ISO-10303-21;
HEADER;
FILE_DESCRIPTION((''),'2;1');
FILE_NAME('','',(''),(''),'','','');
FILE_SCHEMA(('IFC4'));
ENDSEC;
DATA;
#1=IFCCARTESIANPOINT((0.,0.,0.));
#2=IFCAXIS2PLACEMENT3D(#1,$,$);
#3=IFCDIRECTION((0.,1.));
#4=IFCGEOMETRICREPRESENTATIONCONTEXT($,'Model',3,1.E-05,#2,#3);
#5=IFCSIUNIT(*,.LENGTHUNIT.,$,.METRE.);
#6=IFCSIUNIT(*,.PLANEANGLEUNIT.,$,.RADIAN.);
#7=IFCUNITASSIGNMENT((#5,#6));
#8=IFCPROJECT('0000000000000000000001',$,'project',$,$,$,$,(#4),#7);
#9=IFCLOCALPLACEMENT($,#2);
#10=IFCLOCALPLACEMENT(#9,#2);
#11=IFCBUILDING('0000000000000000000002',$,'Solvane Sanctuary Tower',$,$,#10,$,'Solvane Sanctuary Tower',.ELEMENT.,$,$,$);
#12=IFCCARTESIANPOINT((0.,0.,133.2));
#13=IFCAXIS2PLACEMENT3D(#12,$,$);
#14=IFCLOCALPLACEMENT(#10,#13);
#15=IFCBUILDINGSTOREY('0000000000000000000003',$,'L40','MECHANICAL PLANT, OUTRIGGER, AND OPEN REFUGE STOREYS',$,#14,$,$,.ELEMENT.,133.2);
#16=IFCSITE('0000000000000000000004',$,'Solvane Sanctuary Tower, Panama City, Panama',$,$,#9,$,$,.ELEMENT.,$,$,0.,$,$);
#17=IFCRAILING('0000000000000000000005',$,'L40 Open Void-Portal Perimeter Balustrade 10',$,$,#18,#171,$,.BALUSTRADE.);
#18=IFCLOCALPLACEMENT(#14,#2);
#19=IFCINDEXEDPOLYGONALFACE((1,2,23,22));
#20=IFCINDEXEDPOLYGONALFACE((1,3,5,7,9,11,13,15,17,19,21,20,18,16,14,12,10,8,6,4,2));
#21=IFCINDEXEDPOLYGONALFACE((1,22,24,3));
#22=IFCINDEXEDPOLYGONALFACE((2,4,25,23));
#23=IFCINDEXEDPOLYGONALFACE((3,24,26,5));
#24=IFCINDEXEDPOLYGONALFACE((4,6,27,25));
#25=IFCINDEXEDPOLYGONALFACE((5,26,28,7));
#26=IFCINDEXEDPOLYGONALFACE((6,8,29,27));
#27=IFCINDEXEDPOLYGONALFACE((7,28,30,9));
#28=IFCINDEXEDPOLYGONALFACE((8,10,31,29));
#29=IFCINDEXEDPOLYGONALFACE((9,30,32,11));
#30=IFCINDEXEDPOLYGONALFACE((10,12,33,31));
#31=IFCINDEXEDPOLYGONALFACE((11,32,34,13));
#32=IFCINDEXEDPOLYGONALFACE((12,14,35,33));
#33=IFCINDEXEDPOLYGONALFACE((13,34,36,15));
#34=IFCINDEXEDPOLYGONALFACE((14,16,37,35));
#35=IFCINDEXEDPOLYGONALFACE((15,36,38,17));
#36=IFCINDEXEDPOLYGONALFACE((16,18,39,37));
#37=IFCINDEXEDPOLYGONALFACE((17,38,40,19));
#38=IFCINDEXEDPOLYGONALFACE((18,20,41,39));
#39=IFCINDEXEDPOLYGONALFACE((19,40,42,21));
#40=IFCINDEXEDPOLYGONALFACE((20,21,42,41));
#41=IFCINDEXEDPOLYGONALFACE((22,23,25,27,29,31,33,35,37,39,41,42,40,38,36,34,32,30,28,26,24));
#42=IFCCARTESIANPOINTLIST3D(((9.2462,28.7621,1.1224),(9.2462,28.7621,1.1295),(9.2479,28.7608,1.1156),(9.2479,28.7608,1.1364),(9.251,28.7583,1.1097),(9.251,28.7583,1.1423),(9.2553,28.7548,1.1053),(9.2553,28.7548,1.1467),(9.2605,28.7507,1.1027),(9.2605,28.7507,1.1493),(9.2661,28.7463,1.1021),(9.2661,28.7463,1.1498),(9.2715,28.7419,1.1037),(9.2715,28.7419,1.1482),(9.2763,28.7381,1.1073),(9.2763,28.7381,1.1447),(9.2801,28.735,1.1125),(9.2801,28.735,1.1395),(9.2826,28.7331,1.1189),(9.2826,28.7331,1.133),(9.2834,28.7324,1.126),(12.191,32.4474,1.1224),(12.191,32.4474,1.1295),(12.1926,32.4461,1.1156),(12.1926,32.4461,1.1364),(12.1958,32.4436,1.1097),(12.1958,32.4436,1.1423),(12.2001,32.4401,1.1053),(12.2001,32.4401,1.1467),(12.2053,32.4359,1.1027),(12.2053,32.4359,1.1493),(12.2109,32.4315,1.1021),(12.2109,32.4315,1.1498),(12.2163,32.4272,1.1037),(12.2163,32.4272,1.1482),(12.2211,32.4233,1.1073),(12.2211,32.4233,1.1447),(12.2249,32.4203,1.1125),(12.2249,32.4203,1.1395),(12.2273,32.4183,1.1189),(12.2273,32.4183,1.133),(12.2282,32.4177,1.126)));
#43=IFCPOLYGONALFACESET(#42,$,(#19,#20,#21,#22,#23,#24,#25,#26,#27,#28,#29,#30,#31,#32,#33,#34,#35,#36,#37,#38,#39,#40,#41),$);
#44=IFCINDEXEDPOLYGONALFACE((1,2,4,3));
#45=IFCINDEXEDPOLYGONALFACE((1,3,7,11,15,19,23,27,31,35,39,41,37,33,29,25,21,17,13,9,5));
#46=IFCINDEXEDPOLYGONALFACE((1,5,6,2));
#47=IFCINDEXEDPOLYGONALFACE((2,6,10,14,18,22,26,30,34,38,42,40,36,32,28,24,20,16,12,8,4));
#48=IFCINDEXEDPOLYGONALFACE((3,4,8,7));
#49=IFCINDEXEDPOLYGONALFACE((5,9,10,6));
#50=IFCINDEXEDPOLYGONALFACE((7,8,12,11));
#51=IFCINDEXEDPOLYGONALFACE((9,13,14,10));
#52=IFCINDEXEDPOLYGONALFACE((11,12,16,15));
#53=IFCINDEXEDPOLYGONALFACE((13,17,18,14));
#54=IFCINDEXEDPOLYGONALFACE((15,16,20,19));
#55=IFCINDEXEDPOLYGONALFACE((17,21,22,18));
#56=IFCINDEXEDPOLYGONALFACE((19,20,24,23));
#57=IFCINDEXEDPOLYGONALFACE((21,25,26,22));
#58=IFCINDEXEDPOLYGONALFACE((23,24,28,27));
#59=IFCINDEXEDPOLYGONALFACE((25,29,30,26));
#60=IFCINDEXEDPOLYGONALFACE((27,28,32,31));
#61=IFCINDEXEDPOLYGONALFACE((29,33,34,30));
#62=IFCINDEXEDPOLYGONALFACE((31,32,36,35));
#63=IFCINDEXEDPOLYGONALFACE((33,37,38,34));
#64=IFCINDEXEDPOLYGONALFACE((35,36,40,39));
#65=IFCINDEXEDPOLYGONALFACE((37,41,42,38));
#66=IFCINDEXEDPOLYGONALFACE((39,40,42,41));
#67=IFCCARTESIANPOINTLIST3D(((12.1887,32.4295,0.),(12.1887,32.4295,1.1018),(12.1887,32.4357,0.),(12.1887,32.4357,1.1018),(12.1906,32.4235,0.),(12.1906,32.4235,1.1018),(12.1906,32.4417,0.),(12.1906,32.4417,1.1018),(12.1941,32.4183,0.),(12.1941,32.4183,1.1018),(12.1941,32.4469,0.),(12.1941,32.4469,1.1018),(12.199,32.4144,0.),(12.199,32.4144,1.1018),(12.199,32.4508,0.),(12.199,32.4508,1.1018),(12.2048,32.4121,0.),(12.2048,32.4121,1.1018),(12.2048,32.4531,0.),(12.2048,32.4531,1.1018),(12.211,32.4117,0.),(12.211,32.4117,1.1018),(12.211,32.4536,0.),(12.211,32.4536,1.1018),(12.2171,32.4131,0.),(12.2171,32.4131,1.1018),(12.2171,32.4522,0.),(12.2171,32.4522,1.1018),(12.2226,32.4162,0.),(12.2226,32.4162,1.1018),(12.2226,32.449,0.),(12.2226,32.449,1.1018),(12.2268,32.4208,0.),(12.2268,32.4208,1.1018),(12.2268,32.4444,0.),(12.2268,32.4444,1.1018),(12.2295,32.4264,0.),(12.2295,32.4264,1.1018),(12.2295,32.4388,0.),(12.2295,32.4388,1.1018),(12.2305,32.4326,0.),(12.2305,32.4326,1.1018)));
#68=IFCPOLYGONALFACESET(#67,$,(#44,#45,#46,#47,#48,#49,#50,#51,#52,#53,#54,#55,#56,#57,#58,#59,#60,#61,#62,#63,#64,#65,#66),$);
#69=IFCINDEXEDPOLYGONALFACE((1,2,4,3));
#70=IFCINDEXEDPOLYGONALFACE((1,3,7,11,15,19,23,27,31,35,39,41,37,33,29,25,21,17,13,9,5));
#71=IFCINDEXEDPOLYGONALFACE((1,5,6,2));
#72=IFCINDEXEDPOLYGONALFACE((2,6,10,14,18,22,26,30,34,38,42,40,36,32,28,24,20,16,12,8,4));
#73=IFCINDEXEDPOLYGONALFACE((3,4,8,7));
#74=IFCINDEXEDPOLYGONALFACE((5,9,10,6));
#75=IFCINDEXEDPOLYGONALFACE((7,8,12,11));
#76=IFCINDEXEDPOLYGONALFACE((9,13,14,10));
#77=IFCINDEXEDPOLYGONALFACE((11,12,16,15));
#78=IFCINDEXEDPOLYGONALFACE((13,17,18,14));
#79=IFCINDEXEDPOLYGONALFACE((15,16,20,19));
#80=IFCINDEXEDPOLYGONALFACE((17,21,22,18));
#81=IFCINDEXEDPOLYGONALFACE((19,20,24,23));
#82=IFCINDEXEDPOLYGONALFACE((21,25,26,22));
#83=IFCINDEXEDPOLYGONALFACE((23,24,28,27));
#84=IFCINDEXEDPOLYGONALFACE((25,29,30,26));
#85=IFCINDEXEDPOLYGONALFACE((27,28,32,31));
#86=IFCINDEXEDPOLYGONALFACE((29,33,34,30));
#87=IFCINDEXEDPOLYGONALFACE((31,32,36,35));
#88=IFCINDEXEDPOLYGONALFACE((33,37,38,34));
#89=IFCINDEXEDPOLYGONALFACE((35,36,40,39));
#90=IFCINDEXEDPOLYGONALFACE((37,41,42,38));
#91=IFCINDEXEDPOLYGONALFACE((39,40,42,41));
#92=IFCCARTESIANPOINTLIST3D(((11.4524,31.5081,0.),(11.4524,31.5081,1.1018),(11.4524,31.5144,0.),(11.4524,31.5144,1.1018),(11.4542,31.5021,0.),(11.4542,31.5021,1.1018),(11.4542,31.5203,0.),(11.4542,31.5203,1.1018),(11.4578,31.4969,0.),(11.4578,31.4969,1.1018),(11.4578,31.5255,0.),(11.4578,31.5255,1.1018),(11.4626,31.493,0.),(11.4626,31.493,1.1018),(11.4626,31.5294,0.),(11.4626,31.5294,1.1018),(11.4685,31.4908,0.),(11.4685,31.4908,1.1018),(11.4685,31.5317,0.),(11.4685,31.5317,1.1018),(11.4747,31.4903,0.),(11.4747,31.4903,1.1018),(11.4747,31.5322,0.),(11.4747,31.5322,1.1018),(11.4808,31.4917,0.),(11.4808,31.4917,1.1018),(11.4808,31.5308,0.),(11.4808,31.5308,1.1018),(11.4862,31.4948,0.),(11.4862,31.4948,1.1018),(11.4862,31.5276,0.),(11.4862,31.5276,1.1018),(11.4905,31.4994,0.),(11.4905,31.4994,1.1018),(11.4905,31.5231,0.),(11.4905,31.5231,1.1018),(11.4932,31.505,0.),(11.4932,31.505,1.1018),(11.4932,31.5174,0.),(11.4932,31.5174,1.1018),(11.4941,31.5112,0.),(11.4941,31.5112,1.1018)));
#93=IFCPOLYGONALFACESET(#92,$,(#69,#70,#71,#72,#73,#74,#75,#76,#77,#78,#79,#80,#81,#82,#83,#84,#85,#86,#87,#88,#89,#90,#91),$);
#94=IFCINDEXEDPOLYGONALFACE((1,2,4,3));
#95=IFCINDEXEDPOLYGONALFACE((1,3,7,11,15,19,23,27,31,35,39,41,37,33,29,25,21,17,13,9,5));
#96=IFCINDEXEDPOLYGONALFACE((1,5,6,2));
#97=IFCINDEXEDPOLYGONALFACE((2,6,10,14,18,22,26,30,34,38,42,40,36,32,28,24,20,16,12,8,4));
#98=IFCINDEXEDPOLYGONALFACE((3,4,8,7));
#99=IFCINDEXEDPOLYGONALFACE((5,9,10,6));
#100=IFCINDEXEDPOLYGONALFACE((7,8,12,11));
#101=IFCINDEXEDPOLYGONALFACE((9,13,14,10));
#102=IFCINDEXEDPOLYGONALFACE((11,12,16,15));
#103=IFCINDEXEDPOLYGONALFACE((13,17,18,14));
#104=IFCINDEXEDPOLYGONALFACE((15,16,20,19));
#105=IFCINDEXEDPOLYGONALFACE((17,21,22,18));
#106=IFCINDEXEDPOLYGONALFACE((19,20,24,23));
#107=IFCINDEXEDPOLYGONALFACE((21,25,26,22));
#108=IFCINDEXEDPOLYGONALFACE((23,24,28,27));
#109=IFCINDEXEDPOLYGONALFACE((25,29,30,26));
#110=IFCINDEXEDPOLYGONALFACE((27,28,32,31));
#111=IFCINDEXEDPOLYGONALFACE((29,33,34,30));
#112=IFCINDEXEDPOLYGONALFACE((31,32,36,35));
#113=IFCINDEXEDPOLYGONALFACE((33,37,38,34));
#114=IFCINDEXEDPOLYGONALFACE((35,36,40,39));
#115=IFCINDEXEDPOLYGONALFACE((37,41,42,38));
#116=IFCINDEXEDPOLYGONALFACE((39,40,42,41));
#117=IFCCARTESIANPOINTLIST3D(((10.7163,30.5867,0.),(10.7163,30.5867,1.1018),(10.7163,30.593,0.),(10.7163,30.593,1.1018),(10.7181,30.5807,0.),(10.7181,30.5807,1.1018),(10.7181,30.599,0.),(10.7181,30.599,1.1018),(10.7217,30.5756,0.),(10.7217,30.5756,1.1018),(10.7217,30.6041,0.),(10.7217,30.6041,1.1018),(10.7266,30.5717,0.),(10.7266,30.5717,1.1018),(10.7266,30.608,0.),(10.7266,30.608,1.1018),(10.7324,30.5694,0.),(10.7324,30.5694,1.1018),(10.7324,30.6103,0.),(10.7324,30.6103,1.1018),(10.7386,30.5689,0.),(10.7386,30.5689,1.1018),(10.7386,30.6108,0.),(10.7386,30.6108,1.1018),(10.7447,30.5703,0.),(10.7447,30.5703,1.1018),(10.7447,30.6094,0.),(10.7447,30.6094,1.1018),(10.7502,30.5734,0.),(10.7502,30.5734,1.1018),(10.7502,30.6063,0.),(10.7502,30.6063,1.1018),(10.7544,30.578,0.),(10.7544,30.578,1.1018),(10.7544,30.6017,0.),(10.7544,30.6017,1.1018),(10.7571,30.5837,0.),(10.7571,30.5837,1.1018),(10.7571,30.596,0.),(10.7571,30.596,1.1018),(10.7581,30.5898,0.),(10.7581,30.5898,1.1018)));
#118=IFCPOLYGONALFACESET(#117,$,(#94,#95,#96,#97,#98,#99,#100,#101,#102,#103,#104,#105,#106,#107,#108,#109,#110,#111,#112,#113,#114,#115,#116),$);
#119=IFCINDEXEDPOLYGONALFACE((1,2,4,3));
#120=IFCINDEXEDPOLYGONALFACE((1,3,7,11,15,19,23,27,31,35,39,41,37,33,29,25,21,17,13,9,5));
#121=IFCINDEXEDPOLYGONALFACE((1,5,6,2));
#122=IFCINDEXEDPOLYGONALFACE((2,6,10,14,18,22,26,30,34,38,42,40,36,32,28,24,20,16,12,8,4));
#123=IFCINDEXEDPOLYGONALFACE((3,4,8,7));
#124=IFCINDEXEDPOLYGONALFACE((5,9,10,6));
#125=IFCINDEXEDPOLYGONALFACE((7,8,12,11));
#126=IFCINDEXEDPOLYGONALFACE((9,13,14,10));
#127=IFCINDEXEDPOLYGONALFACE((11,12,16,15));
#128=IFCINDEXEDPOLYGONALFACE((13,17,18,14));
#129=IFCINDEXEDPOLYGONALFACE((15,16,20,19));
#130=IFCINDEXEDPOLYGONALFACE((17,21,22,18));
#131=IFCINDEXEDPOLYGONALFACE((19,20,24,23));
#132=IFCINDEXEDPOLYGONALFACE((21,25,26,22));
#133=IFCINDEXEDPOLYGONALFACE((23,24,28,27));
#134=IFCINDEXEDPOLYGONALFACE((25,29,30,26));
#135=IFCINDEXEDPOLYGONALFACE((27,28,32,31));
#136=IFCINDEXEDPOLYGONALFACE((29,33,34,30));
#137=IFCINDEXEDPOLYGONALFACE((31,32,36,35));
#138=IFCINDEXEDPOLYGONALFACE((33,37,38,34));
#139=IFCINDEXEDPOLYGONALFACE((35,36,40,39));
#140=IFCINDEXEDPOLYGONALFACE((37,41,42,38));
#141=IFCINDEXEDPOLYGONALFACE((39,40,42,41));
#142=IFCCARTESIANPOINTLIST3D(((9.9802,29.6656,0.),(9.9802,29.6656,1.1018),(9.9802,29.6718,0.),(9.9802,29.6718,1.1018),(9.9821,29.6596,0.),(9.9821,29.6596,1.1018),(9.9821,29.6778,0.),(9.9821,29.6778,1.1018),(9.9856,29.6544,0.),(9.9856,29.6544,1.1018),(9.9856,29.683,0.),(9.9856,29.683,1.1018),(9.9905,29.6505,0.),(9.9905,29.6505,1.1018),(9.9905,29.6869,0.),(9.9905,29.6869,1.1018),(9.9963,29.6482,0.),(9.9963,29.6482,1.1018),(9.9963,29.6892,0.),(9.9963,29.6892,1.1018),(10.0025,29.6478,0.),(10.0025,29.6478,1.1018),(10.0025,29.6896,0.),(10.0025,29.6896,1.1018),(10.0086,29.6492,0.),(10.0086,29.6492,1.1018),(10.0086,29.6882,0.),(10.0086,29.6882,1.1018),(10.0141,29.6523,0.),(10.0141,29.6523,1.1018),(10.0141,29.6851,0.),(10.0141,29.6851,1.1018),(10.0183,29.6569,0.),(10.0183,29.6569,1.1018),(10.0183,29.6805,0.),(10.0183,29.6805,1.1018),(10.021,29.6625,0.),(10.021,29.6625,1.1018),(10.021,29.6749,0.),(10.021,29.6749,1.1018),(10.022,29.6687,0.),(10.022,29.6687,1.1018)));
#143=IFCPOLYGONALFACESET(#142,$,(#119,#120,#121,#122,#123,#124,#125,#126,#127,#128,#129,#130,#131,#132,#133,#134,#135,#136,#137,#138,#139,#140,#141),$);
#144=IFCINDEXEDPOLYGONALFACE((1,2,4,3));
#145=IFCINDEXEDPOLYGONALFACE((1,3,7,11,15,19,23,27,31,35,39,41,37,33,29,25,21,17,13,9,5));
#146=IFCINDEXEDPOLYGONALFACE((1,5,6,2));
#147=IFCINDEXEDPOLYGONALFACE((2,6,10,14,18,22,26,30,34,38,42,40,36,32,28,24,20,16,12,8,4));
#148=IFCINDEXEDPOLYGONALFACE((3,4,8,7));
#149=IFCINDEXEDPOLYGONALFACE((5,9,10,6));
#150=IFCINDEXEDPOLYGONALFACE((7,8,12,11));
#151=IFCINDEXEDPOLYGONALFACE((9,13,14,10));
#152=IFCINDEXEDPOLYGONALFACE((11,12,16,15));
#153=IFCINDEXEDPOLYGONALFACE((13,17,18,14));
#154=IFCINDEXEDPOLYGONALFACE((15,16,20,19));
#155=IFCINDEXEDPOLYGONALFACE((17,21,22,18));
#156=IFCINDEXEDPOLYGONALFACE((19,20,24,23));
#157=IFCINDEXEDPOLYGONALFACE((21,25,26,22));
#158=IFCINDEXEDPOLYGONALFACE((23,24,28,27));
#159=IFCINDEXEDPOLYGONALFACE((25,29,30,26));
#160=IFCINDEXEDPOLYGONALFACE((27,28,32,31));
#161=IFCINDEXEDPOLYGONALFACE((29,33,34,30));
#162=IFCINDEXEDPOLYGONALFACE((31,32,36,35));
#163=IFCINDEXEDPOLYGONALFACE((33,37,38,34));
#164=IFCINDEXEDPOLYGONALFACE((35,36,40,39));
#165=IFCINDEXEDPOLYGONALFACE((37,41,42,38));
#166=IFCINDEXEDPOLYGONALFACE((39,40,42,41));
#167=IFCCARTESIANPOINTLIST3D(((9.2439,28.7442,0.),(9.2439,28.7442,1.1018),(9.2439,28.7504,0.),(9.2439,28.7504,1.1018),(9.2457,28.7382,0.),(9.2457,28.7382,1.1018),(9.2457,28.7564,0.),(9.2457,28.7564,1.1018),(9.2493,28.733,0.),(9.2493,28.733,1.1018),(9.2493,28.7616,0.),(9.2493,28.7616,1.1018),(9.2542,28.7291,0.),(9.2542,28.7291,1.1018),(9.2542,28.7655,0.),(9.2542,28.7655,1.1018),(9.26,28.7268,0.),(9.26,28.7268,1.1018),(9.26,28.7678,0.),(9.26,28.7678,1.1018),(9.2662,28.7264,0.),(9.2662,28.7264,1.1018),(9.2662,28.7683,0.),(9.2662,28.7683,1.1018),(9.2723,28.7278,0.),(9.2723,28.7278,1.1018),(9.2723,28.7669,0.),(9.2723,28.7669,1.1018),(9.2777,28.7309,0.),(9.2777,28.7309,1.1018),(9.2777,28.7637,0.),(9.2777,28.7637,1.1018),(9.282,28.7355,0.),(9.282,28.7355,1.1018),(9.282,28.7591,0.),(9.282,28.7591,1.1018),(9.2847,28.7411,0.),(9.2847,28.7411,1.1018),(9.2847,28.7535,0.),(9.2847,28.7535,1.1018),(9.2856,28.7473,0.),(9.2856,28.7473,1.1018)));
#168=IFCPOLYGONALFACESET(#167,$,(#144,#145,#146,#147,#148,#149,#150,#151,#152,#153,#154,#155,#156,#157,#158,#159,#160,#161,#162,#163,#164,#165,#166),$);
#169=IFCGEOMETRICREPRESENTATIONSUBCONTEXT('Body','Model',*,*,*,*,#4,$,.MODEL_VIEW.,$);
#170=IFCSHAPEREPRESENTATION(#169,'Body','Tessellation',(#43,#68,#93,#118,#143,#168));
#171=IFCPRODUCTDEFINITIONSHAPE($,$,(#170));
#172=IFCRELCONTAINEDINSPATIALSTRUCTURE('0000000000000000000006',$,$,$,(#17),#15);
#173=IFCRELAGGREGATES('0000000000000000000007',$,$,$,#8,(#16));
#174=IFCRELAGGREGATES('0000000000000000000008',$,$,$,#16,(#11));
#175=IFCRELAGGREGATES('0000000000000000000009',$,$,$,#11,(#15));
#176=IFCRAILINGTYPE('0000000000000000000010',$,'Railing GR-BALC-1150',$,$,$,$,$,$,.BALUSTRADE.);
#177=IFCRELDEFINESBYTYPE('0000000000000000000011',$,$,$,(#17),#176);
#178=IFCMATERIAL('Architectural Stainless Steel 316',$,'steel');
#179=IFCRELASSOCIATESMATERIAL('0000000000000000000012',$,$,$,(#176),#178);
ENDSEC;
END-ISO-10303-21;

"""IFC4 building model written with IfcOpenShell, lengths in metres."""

from ifc_helpers import new_model, si_unit, direction, frame, origin, origin_2d, place, context, subcontext, project, spatial, circle, extrude, material, type_object, element, save


model = new_model("IFC4")

# Units and contexts
model_context = context("Model", 3, precision=1e-05, world=origin(), true_north=direction((0.0, 1.0)))
body_context = subcontext(model_context, "Body", "Model", "MODEL_VIEW")
ifc_project = project(units=[si_unit("LENGTHUNIT", "METRE"), si_unit("PLANEANGLEUNIT", "RADIAN")], contexts=[model_context])

# Site, building, storey
site_placement = place(None, origin())
site = spatial("IfcSite", under=ifc_project, at=site_placement, Name="Solvane Sanctuary Tower, Panama City, Panama", CompositionType="ELEMENT", RefElevation=0.0)
building_placement = place(site_placement, origin())
building = spatial("IfcBuilding", under=site, at=building_placement, Name="Solvane Sanctuary Tower", LongName="Solvane Sanctuary Tower", CompositionType="ELEMENT")
storey_placement = place(building_placement, frame((0.0, 0.0, 133.2)))
storey = spatial("IfcBuildingStorey", under=building, at=storey_placement, Name="L40", Description="MECHANICAL PLANT, OUTRIGGER, AND OPEN REFUGE STOREYS", CompositionType="ELEMENT", Elevation=133.2)

# Shared definitions
ifc_material_1 = material(Name="Architectural Stainless Steel 316", Category="steel")

# Railing
railing_type_1 = type_object("IfcRailingType", Name="Railing GR-BALC-1150", PredefinedType="BALUSTRADE", material=ifc_material_1)
railing_1_placement = place(storey_placement, frame((12.2095, 32.4326, 0.0)))
element("IfcRailing", 1, at=railing_1_placement, inside=storey, type_object=railing_type_1, Name="L40 Open Void-Portal Perimeter Balustrade 10", PredefinedType="BALUSTRADE", context=body_context, shape_type="SweptSolid", body=[
    extrude(circle(Radius=0.0239, at=origin_2d()), frame((0.0, 0.0, 1.126), z_axis=(-0.624253, -0.781222, 0.0), x_axis=(0.781222, -0.624253, 0.0)), (0.0, 0.0, 1.0), 4.7173),
    extrude(circle(Radius=0.021, at=origin_2d()), origin(), (0.0, 0.0, 1.0), 1.1018),
    extrude(circle(Radius=0.021, at=origin_2d()), frame((-0.7363, -0.9214, 0.0)), (0.0, 0.0, 1.0), 1.1018),
    extrude(circle(Radius=0.021, at=origin_2d()), frame((-1.4724, -1.8428, 0.0)), (0.0, 0.0, 1.0), 1.1018),
    extrude(circle(Radius=0.021, at=origin_2d()), frame((-2.2085, -2.7639, 0.0)), (0.0, 0.0, 1.0), 1.1018),
    extrude(circle(Radius=0.021, at=origin_2d()), frame((-2.9448, -3.6853, 0.0)), (0.0, 0.0, 1.0), 1.1018),
])

save(model, "model.ifc")
